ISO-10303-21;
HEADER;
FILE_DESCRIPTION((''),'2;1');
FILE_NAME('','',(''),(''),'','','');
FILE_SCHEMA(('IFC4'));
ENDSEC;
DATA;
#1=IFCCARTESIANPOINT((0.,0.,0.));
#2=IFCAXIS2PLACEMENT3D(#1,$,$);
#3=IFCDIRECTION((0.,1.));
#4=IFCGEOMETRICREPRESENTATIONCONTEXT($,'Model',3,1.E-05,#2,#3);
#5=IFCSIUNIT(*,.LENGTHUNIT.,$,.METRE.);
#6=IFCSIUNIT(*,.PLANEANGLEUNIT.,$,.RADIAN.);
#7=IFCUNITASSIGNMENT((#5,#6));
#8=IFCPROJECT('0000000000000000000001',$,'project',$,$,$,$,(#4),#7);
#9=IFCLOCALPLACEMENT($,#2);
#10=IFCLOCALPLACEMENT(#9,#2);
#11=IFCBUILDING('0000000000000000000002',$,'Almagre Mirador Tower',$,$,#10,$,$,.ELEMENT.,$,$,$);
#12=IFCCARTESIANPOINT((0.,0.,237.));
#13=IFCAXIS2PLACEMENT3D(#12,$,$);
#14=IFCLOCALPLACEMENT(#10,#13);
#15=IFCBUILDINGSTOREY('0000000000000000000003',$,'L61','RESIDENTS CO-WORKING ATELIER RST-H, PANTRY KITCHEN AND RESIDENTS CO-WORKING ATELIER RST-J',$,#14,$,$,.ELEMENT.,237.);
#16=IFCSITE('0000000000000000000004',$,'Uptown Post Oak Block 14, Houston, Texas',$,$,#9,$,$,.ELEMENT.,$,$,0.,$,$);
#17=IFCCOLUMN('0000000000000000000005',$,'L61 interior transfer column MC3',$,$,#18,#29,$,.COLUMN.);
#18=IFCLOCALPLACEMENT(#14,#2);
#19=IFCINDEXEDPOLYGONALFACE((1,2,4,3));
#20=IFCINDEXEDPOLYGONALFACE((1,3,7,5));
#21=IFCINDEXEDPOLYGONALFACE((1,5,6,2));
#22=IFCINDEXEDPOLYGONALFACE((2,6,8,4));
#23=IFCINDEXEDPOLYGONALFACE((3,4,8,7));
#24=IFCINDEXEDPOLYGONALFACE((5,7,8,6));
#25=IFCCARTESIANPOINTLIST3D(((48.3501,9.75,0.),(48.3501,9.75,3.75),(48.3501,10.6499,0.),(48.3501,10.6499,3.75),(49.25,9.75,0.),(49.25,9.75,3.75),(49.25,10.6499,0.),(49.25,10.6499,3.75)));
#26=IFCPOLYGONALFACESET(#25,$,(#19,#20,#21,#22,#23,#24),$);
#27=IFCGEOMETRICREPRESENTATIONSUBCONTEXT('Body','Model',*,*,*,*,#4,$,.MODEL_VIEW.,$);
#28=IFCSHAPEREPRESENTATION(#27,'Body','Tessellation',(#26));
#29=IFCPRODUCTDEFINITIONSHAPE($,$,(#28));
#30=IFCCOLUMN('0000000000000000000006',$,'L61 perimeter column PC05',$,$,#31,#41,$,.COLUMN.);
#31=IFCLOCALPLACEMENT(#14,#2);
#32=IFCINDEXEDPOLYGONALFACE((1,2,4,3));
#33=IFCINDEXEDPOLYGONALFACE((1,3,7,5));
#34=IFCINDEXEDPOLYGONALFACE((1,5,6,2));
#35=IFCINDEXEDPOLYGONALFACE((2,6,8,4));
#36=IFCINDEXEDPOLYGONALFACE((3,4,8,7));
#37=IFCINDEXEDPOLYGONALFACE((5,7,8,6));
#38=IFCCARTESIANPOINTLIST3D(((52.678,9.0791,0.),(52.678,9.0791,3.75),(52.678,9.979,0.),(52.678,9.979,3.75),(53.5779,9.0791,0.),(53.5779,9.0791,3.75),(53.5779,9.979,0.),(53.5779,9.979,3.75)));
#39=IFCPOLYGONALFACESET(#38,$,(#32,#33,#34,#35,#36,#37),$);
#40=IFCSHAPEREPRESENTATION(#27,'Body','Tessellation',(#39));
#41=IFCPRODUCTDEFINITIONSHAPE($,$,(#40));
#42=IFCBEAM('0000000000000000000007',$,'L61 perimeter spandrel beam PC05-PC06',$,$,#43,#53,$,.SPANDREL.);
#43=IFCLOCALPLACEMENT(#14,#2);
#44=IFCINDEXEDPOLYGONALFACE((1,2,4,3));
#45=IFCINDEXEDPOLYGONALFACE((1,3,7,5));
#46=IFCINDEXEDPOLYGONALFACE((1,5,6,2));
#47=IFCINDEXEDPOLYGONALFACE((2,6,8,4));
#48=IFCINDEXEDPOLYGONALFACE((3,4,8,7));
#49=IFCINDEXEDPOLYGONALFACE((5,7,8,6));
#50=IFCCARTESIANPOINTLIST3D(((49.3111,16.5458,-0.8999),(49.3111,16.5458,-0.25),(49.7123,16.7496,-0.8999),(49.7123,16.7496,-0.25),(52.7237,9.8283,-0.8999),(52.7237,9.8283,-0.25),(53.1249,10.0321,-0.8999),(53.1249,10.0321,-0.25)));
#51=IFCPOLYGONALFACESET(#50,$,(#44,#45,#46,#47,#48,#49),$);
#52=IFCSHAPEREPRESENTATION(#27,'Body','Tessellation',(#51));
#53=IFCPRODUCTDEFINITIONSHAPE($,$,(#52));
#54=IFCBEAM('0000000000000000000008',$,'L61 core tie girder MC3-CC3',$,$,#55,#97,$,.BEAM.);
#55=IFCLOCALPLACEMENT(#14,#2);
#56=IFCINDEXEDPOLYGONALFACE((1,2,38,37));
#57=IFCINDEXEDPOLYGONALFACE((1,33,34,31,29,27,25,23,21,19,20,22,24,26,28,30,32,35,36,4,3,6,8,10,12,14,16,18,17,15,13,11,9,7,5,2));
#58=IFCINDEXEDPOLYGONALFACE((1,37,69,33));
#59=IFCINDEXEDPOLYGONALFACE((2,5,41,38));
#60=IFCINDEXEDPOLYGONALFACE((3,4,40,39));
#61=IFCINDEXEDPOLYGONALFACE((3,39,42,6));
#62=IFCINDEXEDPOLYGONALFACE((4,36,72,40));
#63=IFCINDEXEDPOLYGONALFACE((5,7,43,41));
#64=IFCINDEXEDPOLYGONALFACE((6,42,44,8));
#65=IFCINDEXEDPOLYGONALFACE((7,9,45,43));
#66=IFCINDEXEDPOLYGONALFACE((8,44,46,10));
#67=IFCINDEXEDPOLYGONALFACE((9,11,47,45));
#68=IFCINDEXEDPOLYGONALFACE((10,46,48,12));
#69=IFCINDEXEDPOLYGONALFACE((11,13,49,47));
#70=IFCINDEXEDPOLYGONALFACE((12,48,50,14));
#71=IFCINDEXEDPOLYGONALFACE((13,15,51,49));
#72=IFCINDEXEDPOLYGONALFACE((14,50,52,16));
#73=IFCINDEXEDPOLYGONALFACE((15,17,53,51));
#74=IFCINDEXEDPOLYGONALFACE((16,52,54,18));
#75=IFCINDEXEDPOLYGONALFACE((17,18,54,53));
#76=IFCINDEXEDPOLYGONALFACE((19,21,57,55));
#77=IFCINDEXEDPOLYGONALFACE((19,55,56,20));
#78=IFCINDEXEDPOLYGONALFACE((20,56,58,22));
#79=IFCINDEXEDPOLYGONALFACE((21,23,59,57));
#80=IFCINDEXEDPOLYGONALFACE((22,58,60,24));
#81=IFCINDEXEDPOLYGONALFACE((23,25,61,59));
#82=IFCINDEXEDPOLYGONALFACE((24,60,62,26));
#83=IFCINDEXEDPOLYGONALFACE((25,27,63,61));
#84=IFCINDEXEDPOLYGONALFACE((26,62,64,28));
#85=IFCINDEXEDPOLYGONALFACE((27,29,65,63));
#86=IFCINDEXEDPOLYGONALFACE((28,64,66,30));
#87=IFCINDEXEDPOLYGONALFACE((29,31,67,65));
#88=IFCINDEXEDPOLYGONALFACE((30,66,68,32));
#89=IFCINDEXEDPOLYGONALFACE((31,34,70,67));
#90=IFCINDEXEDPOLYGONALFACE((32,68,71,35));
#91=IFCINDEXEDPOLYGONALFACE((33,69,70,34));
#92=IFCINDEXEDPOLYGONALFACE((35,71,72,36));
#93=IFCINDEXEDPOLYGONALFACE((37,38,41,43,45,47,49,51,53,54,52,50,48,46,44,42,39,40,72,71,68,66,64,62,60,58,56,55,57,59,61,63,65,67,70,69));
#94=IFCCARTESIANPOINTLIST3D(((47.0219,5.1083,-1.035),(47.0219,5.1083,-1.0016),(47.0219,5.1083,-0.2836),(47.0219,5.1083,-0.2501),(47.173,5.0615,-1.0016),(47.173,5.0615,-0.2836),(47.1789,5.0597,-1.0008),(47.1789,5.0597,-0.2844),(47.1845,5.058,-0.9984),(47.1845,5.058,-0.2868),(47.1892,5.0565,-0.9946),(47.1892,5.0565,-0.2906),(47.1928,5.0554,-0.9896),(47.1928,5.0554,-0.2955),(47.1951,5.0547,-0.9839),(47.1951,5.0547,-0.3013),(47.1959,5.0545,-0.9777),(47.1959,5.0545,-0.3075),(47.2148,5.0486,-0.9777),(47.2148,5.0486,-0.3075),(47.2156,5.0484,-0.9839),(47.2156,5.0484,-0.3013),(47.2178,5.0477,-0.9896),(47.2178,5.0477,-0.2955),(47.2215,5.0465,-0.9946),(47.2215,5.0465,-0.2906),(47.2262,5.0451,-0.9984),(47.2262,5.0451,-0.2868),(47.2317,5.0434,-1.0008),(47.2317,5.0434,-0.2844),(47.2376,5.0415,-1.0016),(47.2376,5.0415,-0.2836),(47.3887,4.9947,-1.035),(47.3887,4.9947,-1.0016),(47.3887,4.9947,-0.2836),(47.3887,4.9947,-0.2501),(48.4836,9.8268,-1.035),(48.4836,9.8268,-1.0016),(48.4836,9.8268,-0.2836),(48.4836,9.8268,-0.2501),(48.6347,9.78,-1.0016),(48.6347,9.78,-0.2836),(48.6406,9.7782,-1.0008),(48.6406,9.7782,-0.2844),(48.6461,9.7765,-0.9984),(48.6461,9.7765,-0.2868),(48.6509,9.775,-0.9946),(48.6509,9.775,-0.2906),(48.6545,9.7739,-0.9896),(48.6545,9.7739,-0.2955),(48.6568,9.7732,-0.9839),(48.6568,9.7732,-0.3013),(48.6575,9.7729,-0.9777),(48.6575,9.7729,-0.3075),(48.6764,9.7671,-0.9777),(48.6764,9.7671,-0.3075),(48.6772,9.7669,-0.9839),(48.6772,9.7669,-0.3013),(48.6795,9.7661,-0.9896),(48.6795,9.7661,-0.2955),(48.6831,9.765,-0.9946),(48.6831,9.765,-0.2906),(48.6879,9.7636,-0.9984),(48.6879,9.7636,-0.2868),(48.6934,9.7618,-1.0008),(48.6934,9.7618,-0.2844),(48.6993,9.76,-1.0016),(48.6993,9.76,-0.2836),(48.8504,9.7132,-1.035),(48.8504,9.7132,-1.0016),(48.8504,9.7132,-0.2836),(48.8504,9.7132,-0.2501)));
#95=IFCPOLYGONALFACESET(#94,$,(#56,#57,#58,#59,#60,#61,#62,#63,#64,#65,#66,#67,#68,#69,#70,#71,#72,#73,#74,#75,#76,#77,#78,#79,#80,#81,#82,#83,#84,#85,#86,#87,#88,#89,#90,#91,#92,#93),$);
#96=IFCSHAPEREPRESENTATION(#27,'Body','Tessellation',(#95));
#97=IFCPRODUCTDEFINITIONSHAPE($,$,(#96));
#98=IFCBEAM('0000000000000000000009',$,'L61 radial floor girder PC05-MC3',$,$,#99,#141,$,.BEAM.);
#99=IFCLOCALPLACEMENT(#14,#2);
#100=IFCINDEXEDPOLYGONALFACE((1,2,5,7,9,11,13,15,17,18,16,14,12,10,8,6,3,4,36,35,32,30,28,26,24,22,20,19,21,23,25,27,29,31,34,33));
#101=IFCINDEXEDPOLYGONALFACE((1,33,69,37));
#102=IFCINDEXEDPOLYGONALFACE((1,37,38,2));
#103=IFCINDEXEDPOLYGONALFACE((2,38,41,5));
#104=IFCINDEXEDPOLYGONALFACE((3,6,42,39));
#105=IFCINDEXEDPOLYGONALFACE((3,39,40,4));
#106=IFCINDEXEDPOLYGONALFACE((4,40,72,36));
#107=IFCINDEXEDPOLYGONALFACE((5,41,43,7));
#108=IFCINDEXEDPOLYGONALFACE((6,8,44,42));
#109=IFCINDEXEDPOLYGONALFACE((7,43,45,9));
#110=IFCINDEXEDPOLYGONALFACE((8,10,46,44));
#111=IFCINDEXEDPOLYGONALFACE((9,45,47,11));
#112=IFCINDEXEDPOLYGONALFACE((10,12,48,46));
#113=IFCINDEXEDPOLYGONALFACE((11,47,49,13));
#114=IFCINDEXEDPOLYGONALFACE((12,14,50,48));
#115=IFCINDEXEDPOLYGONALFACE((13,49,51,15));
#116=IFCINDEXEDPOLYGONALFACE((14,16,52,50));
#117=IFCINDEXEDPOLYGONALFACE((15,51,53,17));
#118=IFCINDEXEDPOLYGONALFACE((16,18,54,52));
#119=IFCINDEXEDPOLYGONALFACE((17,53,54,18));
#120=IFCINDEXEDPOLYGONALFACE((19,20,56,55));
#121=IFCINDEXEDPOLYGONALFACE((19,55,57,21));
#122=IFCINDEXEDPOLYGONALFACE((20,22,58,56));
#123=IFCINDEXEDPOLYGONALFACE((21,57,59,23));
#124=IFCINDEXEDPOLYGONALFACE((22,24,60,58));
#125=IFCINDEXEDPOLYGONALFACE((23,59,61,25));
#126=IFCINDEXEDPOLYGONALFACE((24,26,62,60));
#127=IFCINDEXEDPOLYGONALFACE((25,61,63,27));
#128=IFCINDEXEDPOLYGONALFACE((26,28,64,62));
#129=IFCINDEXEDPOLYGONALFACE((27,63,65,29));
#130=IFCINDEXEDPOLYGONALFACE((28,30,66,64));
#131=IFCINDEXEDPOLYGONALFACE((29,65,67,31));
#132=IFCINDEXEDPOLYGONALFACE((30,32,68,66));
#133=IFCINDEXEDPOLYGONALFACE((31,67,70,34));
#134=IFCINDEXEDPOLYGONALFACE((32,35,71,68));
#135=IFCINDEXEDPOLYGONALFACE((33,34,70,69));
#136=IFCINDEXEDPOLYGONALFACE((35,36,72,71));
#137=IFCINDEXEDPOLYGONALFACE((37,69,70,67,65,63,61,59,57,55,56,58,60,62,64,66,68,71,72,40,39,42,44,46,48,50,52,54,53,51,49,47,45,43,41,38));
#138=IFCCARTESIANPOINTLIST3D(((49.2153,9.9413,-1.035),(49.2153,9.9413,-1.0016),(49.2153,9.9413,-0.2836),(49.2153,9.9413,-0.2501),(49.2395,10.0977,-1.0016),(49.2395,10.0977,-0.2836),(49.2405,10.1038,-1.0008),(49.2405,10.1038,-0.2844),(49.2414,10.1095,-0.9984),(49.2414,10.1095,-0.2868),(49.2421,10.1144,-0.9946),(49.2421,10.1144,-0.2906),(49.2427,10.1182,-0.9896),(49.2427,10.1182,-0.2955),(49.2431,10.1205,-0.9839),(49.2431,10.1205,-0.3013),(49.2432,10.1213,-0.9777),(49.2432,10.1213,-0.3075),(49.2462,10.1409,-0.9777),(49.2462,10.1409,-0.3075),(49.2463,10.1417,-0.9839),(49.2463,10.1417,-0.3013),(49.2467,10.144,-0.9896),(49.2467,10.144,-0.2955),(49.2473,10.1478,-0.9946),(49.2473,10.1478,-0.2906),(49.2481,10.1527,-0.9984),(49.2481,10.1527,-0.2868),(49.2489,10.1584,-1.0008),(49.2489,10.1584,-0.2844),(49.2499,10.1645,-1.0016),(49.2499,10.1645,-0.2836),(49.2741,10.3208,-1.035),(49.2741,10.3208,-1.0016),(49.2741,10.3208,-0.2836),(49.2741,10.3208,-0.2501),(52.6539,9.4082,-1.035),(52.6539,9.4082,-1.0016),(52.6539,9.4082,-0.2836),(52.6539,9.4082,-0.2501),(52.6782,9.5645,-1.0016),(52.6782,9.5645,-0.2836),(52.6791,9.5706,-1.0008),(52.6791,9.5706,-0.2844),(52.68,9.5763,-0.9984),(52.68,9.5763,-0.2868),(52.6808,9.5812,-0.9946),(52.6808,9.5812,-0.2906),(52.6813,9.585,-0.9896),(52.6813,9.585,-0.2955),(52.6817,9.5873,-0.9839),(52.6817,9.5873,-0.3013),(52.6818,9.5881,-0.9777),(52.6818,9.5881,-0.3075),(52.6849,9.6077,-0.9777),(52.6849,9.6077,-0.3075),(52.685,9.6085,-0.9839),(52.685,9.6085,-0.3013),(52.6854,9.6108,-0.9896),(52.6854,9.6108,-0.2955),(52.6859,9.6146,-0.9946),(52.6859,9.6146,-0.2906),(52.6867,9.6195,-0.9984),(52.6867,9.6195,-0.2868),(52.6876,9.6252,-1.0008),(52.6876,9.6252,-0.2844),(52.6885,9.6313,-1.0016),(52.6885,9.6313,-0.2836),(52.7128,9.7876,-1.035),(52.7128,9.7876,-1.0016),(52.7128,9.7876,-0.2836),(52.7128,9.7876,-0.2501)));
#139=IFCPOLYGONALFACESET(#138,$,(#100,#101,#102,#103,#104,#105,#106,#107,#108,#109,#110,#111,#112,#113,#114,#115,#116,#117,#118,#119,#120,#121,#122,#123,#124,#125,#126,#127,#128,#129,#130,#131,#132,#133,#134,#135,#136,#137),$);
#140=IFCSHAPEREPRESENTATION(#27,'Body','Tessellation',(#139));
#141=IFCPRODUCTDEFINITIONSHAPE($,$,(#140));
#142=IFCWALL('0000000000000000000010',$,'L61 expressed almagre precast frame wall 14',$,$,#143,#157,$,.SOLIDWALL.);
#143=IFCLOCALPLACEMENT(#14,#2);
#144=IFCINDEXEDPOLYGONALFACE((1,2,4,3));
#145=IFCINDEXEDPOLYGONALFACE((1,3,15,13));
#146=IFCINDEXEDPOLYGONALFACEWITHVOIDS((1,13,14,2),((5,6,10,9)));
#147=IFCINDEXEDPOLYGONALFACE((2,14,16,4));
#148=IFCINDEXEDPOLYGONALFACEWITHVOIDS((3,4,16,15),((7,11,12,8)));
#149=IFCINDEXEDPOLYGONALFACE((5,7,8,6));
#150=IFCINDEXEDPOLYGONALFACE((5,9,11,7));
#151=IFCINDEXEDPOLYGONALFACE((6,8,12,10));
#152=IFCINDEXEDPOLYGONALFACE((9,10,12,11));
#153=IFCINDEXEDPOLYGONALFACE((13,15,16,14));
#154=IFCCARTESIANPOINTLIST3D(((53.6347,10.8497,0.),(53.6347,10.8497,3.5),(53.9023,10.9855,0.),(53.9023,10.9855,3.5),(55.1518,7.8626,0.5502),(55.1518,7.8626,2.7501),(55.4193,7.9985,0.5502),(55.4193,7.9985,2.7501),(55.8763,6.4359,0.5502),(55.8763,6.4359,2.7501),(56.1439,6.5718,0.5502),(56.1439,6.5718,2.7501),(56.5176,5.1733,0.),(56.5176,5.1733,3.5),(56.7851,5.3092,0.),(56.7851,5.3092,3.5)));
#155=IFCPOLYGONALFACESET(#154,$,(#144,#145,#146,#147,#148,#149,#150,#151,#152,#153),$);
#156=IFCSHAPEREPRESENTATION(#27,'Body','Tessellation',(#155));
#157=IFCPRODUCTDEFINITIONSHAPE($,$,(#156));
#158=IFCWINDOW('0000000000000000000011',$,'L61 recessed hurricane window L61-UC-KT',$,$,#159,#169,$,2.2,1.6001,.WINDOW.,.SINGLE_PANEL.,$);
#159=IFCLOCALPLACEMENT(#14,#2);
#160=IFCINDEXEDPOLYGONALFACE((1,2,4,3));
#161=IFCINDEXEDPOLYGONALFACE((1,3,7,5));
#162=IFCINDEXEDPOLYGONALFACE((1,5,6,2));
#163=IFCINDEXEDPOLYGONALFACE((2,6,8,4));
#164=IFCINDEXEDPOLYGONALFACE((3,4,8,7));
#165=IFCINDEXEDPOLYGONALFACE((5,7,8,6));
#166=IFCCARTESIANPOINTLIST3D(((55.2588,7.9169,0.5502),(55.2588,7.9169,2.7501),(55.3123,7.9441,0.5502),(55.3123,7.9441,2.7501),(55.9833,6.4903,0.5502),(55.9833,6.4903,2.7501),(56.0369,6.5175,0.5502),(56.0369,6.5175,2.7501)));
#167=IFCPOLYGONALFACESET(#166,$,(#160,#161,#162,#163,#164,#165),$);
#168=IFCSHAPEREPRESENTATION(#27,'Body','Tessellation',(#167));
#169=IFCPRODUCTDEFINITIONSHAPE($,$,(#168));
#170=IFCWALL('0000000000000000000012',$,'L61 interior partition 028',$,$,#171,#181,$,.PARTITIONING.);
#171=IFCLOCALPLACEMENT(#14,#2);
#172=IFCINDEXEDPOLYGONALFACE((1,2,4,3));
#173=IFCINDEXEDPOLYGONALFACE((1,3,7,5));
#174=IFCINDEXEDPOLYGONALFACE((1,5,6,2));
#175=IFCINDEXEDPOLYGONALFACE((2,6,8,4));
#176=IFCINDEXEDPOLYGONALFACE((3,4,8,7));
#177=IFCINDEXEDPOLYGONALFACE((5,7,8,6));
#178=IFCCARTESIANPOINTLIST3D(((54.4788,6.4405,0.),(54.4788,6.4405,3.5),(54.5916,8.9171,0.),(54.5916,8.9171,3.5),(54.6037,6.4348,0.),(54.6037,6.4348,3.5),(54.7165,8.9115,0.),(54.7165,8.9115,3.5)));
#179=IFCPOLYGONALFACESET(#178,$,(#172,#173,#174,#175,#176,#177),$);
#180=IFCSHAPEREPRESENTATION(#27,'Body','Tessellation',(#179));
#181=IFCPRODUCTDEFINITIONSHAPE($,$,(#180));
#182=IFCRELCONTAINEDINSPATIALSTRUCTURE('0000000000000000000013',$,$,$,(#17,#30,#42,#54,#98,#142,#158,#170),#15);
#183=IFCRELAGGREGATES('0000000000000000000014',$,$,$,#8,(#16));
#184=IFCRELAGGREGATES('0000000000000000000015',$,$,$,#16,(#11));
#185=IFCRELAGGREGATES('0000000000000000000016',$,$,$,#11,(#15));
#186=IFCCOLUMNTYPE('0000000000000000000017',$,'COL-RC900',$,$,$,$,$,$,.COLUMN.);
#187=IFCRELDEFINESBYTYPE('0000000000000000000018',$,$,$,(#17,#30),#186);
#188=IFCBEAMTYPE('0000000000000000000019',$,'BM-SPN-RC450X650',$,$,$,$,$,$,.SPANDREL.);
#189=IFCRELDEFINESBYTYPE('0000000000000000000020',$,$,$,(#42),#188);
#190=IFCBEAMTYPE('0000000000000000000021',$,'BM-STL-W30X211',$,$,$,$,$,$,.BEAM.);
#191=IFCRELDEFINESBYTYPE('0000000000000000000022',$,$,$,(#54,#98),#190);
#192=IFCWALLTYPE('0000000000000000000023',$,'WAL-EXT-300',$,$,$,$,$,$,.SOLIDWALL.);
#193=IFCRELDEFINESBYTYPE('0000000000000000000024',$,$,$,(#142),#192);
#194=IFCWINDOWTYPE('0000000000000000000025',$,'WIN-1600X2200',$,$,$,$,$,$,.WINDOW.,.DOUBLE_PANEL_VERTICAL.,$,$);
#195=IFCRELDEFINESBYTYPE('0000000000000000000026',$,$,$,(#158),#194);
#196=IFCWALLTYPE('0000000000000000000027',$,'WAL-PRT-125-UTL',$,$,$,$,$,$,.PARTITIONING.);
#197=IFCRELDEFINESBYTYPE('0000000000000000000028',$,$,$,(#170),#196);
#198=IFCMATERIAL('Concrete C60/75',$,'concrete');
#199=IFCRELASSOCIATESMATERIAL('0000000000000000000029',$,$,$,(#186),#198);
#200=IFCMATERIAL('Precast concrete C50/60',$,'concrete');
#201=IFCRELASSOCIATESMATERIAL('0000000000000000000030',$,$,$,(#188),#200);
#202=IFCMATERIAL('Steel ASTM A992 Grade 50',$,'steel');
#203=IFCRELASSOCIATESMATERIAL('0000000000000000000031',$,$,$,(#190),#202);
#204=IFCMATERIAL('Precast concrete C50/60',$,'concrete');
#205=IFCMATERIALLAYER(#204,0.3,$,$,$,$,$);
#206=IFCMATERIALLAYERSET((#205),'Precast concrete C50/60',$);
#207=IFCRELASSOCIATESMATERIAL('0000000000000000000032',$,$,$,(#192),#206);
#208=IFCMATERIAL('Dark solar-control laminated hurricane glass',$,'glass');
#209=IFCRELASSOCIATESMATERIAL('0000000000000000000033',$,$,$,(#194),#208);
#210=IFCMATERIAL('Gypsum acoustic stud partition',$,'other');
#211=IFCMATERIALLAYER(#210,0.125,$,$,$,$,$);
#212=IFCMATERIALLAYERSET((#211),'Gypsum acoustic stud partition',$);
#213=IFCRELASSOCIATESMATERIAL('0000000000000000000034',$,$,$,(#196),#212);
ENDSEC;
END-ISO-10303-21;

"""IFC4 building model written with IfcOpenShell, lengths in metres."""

from ifc_helpers import new_model, si_unit, direction, frame, frame_2d, origin, origin_2d, place, context, subcontext, project, spatial, rectangle, i_section, extrude, material, layer, layer_set, material_profile, profile_set, type_object, element, fill, save


model = new_model("IFC4")

# Units and contexts
model_context = context("Model", 3, precision=1e-05, world=origin(), true_north=direction((0.0, 1.0)))
body_context = subcontext(model_context, "Body", "Model", "MODEL_VIEW")
ifc_project = project(units=[si_unit("LENGTHUNIT", "METRE"), si_unit("PLANEANGLEUNIT", "RADIAN")], contexts=[model_context])

# Site, building, storey
site_placement = place(None, origin())
site = spatial("IfcSite", under=ifc_project, at=site_placement, Name="Uptown Post Oak Block 14, Houston, Texas", CompositionType="ELEMENT", RefElevation=0.0)
building_placement = place(site_placement, origin())
building = spatial("IfcBuilding", under=site, at=building_placement, Name="Almagre Mirador Tower", CompositionType="ELEMENT")
storey_placement = place(building_placement, frame((0.0, 0.0, 237.0)))
storey = spatial("IfcBuildingStorey", under=building, at=storey_placement, Name="L61", Description="RESIDENTS CO-WORKING ATELIER RST-H, PANTRY KITCHEN AND RESIDENTS CO-WORKING ATELIER RST-J", CompositionType="ELEMENT", Elevation=237.0)

# Columns
ifc_material_1 = material(Name="Concrete C60/75", Category="concrete")
ifc_material_profile_1 = material_profile(ifc_material_1, rectangle(XDim=0.8999, YDim=0.8999, at=origin_2d()), Name="RC900X900")
ifc_profile_set_1 = profile_set([ifc_material_profile_1], Name="Concrete C60/75")
column_type = type_object("IfcColumnType", Name="COL-RC900", PredefinedType="COLUMN", material=ifc_profile_set_1)
for number, where, z_axis, x_axis, name in (
    (1, (48.8, 10.2, 0.0), (0.0, 0.0, 1.0), (1.0, 0.0, 0.0), "L61 interior transfer column MC3"),
    (2, (53.1279, 9.5291, 0.0), (0.0, 0.0, 1.0), (1.0, 0.0, 0.0), "L61 perimeter column PC05"),
):
    element("IfcColumn", number, at=place(storey_placement, frame(where, z_axis=z_axis, x_axis=x_axis)), inside=storey, type_object=column_type, Name=name, PredefinedType="COLUMN", context=body_context, shape_type="SweptSolid", body=[
        extrude(rectangle(XDim=0.8999, YDim=0.8999, at=origin_2d()), origin(), (0.0, 0.0, 1.0), 3.75),
    ])

# Beams
ifc_material_2 = material(Name="Precast concrete C50/60", Category="concrete")
ifc_material_profile_2 = material_profile(ifc_material_2, rectangle(XDim=0.45, YDim=0.6499, at=origin_2d()), Name="RC450X650")
ifc_profile_set_2 = profile_set([ifc_material_profile_2], Name="Precast concrete C50/60")
beam_type_1 = type_object("IfcBeamType", Name="BM-SPN-RC450X650", PredefinedType="SPANDREL", material=ifc_profile_set_2)
beam_1_placement = place(storey_placement, frame((52.9243, 9.9302, -0.575), z_axis=(-0.45292, 0.891551, 0.0), x_axis=(-0.891551, -0.45292, 0.0)))
element("IfcBeam", 3, at=beam_1_placement, inside=storey, type_object=beam_type_1, Name="L61 perimeter spandrel beam PC05-PC06", PredefinedType="SPANDREL", context=body_context, shape_type="SweptSolid", body=[
    extrude(rectangle(XDim=0.45, YDim=0.6499, at=origin_2d()), origin(), (0.0, 0.0, 1.0), 7.5347),
])
ifc_material_3 = material(Name="Steel ASTM A992 Grade 50", Category="steel")
ifc_material_profile_3 = material_profile(ifc_material_3, i_section(OverallWidth=0.384, OverallDepth=0.7849, WebThickness=0.0198, FlangeThickness=0.0334, FilletRadius=0.0239, at=origin_2d()), Name="W30X211")
ifc_profile_set_3 = profile_set([ifc_material_profile_3], Name="Steel ASTM A992 Grade 50")
beam_type_2 = type_object("IfcBeamType", Name="BM-STL-W30X211", PredefinedType="BEAM", material=ifc_profile_set_3)
beam_2_placement = place(storey_placement, frame((48.667, 9.77, -0.6426), z_axis=(-0.295902, -0.955218, 0.0), x_axis=(0.955218, -0.295902, 0.0)))
element("IfcBeam", 4, at=beam_2_placement, inside=storey, type_object=beam_type_2, Name="L61 core tie girder MC3-CC3", PredefinedType="BEAM", context=body_context, shape_type="SweptSolid", body=[
    extrude(i_section(OverallWidth=0.384, OverallDepth=0.7849, WebThickness=0.0198, FlangeThickness=0.0334, FilletRadius=0.0239, at=origin_2d()), origin(), (0.0, 0.0, 1.0), 4.9397),
])
beam_3_placement = place(storey_placement, frame((52.6833, 9.5979, -0.6426), z_axis=(-0.988191, 0.153227, 0.0), x_axis=(-0.153227, -0.988191, 0.0)))
element("IfcBeam", 5, at=beam_3_placement, inside=storey, type_object=beam_type_2, Name="L61 radial floor girder PC05-MC3", PredefinedType="BEAM", context=body_context, shape_type="SweptSolid", body=[
    extrude(i_section(OverallWidth=0.384, OverallDepth=0.7849, WebThickness=0.0198, FlangeThickness=0.0334, FilletRadius=0.0239, at=origin_2d()), origin(), (0.0, 0.0, 1.0), 3.4797),
])

# Wall, opening, window
ifc_material_4 = material(Name="Precast concrete C50/60", Category="concrete")
ifc_layer_1 = layer(ifc_material_4, 0.3)
ifc_layer_set_1 = layer_set([ifc_layer_1], Name="Precast concrete C50/60")
wall_type_1 = type_object("IfcWallType", Name="WAL-EXT-300", PredefinedType="SOLIDWALL", material=ifc_layer_set_1)
wall_1_placement = place(storey_placement, frame((53.7686, 10.9175, 0.0), z_axis=(0.0, 0.0, 1.0), x_axis=(0.452819, -0.891602, 0.0)))
wall_1 = element("IfcWall", 6, at=wall_1_placement, inside=storey, type_object=wall_type_1, Name="L61 expressed almagre precast frame wall 14", PredefinedType="SOLIDWALL", context=body_context, shape_type="SweptSolid", body=[
    extrude(rectangle(XDim=6.3665, YDim=0.3, at=frame_2d((3.1831, 0.0))), origin(), (0.0, 0.0, 1.0), 3.5),
])
opening_1_placement = place(wall_1_placement, frame((3.3501, 0.0, 0.55)))
opening_1 = element("IfcOpeningElement", 7, at=opening_1_placement, cuts=wall_1, PredefinedType="OPENING", context=body_context, shape_type="SweptSolid", body=[
    extrude(rectangle(XDim=1.6001, YDim=2.2, at=frame_2d((0.8, 1.1001))), frame((0.0, 0.1599, 0.0), z_axis=(0.0, -1.0, 0.0), x_axis=(1.0, 0.0, 0.0)), (0.0, 0.0, 1.0), 0.32),
])
ifc_material_5 = material(Name="Dark solar-control laminated hurricane glass", Category="glass")
window_type = type_object("IfcWindowType", Name="WIN-1600X2200", PartitioningType="DOUBLE_PANEL_VERTICAL", PredefinedType="WINDOW", material=ifc_material_5)
window_placement = place(opening_1_placement, origin())
window = element("IfcWindow", 8, at=window_placement, inside=storey, type_object=window_type, Name="L61 recessed hurricane window L61-UC-KT", OverallHeight=2.2, OverallWidth=1.6001, PartitioningType="SINGLE_PANEL", PredefinedType="WINDOW", context=body_context, shape_type="SweptSolid", body=[
    extrude(rectangle(XDim=1.6001, YDim=2.2, at=frame_2d((0.8, 1.1001))), frame((0.0, 0.03, 0.0), z_axis=(0.0, -1.0, 0.0), x_axis=(1.0, 0.0, 0.0)), (0.0, 0.0, 1.0), 0.0601),
])
fill(opening_1, window)

# Wall
ifc_material_6 = material(Name="Gypsum acoustic stud partition", Category="other")
ifc_layer_2 = layer(ifc_material_6, 0.125)
ifc_layer_set_2 = layer_set([ifc_layer_2], Name="Gypsum acoustic stud partition")
wall_type_2 = type_object("IfcWallType", Name="WAL-PRT-125-UTL", PredefinedType="PARTITIONING", material=ifc_layer_set_2)
wall_2_placement = place(storey_placement, frame((54.5413, 6.4375, 0.0), z_axis=(0.0, 0.0, 1.0), x_axis=(0.045497, 0.998964, 0.0)))
element("IfcWall", 9, at=wall_2_placement, inside=storey, type_object=wall_type_2, Name="L61 interior partition 028", PredefinedType="PARTITIONING", context=body_context, shape_type="SweptSolid", body=[
    extrude(rectangle(XDim=2.4792, YDim=0.125, at=frame_2d((1.2397, 0.0))), origin(), (0.0, 0.0, 1.0), 3.5),
])

save(model, "model.ifc")
